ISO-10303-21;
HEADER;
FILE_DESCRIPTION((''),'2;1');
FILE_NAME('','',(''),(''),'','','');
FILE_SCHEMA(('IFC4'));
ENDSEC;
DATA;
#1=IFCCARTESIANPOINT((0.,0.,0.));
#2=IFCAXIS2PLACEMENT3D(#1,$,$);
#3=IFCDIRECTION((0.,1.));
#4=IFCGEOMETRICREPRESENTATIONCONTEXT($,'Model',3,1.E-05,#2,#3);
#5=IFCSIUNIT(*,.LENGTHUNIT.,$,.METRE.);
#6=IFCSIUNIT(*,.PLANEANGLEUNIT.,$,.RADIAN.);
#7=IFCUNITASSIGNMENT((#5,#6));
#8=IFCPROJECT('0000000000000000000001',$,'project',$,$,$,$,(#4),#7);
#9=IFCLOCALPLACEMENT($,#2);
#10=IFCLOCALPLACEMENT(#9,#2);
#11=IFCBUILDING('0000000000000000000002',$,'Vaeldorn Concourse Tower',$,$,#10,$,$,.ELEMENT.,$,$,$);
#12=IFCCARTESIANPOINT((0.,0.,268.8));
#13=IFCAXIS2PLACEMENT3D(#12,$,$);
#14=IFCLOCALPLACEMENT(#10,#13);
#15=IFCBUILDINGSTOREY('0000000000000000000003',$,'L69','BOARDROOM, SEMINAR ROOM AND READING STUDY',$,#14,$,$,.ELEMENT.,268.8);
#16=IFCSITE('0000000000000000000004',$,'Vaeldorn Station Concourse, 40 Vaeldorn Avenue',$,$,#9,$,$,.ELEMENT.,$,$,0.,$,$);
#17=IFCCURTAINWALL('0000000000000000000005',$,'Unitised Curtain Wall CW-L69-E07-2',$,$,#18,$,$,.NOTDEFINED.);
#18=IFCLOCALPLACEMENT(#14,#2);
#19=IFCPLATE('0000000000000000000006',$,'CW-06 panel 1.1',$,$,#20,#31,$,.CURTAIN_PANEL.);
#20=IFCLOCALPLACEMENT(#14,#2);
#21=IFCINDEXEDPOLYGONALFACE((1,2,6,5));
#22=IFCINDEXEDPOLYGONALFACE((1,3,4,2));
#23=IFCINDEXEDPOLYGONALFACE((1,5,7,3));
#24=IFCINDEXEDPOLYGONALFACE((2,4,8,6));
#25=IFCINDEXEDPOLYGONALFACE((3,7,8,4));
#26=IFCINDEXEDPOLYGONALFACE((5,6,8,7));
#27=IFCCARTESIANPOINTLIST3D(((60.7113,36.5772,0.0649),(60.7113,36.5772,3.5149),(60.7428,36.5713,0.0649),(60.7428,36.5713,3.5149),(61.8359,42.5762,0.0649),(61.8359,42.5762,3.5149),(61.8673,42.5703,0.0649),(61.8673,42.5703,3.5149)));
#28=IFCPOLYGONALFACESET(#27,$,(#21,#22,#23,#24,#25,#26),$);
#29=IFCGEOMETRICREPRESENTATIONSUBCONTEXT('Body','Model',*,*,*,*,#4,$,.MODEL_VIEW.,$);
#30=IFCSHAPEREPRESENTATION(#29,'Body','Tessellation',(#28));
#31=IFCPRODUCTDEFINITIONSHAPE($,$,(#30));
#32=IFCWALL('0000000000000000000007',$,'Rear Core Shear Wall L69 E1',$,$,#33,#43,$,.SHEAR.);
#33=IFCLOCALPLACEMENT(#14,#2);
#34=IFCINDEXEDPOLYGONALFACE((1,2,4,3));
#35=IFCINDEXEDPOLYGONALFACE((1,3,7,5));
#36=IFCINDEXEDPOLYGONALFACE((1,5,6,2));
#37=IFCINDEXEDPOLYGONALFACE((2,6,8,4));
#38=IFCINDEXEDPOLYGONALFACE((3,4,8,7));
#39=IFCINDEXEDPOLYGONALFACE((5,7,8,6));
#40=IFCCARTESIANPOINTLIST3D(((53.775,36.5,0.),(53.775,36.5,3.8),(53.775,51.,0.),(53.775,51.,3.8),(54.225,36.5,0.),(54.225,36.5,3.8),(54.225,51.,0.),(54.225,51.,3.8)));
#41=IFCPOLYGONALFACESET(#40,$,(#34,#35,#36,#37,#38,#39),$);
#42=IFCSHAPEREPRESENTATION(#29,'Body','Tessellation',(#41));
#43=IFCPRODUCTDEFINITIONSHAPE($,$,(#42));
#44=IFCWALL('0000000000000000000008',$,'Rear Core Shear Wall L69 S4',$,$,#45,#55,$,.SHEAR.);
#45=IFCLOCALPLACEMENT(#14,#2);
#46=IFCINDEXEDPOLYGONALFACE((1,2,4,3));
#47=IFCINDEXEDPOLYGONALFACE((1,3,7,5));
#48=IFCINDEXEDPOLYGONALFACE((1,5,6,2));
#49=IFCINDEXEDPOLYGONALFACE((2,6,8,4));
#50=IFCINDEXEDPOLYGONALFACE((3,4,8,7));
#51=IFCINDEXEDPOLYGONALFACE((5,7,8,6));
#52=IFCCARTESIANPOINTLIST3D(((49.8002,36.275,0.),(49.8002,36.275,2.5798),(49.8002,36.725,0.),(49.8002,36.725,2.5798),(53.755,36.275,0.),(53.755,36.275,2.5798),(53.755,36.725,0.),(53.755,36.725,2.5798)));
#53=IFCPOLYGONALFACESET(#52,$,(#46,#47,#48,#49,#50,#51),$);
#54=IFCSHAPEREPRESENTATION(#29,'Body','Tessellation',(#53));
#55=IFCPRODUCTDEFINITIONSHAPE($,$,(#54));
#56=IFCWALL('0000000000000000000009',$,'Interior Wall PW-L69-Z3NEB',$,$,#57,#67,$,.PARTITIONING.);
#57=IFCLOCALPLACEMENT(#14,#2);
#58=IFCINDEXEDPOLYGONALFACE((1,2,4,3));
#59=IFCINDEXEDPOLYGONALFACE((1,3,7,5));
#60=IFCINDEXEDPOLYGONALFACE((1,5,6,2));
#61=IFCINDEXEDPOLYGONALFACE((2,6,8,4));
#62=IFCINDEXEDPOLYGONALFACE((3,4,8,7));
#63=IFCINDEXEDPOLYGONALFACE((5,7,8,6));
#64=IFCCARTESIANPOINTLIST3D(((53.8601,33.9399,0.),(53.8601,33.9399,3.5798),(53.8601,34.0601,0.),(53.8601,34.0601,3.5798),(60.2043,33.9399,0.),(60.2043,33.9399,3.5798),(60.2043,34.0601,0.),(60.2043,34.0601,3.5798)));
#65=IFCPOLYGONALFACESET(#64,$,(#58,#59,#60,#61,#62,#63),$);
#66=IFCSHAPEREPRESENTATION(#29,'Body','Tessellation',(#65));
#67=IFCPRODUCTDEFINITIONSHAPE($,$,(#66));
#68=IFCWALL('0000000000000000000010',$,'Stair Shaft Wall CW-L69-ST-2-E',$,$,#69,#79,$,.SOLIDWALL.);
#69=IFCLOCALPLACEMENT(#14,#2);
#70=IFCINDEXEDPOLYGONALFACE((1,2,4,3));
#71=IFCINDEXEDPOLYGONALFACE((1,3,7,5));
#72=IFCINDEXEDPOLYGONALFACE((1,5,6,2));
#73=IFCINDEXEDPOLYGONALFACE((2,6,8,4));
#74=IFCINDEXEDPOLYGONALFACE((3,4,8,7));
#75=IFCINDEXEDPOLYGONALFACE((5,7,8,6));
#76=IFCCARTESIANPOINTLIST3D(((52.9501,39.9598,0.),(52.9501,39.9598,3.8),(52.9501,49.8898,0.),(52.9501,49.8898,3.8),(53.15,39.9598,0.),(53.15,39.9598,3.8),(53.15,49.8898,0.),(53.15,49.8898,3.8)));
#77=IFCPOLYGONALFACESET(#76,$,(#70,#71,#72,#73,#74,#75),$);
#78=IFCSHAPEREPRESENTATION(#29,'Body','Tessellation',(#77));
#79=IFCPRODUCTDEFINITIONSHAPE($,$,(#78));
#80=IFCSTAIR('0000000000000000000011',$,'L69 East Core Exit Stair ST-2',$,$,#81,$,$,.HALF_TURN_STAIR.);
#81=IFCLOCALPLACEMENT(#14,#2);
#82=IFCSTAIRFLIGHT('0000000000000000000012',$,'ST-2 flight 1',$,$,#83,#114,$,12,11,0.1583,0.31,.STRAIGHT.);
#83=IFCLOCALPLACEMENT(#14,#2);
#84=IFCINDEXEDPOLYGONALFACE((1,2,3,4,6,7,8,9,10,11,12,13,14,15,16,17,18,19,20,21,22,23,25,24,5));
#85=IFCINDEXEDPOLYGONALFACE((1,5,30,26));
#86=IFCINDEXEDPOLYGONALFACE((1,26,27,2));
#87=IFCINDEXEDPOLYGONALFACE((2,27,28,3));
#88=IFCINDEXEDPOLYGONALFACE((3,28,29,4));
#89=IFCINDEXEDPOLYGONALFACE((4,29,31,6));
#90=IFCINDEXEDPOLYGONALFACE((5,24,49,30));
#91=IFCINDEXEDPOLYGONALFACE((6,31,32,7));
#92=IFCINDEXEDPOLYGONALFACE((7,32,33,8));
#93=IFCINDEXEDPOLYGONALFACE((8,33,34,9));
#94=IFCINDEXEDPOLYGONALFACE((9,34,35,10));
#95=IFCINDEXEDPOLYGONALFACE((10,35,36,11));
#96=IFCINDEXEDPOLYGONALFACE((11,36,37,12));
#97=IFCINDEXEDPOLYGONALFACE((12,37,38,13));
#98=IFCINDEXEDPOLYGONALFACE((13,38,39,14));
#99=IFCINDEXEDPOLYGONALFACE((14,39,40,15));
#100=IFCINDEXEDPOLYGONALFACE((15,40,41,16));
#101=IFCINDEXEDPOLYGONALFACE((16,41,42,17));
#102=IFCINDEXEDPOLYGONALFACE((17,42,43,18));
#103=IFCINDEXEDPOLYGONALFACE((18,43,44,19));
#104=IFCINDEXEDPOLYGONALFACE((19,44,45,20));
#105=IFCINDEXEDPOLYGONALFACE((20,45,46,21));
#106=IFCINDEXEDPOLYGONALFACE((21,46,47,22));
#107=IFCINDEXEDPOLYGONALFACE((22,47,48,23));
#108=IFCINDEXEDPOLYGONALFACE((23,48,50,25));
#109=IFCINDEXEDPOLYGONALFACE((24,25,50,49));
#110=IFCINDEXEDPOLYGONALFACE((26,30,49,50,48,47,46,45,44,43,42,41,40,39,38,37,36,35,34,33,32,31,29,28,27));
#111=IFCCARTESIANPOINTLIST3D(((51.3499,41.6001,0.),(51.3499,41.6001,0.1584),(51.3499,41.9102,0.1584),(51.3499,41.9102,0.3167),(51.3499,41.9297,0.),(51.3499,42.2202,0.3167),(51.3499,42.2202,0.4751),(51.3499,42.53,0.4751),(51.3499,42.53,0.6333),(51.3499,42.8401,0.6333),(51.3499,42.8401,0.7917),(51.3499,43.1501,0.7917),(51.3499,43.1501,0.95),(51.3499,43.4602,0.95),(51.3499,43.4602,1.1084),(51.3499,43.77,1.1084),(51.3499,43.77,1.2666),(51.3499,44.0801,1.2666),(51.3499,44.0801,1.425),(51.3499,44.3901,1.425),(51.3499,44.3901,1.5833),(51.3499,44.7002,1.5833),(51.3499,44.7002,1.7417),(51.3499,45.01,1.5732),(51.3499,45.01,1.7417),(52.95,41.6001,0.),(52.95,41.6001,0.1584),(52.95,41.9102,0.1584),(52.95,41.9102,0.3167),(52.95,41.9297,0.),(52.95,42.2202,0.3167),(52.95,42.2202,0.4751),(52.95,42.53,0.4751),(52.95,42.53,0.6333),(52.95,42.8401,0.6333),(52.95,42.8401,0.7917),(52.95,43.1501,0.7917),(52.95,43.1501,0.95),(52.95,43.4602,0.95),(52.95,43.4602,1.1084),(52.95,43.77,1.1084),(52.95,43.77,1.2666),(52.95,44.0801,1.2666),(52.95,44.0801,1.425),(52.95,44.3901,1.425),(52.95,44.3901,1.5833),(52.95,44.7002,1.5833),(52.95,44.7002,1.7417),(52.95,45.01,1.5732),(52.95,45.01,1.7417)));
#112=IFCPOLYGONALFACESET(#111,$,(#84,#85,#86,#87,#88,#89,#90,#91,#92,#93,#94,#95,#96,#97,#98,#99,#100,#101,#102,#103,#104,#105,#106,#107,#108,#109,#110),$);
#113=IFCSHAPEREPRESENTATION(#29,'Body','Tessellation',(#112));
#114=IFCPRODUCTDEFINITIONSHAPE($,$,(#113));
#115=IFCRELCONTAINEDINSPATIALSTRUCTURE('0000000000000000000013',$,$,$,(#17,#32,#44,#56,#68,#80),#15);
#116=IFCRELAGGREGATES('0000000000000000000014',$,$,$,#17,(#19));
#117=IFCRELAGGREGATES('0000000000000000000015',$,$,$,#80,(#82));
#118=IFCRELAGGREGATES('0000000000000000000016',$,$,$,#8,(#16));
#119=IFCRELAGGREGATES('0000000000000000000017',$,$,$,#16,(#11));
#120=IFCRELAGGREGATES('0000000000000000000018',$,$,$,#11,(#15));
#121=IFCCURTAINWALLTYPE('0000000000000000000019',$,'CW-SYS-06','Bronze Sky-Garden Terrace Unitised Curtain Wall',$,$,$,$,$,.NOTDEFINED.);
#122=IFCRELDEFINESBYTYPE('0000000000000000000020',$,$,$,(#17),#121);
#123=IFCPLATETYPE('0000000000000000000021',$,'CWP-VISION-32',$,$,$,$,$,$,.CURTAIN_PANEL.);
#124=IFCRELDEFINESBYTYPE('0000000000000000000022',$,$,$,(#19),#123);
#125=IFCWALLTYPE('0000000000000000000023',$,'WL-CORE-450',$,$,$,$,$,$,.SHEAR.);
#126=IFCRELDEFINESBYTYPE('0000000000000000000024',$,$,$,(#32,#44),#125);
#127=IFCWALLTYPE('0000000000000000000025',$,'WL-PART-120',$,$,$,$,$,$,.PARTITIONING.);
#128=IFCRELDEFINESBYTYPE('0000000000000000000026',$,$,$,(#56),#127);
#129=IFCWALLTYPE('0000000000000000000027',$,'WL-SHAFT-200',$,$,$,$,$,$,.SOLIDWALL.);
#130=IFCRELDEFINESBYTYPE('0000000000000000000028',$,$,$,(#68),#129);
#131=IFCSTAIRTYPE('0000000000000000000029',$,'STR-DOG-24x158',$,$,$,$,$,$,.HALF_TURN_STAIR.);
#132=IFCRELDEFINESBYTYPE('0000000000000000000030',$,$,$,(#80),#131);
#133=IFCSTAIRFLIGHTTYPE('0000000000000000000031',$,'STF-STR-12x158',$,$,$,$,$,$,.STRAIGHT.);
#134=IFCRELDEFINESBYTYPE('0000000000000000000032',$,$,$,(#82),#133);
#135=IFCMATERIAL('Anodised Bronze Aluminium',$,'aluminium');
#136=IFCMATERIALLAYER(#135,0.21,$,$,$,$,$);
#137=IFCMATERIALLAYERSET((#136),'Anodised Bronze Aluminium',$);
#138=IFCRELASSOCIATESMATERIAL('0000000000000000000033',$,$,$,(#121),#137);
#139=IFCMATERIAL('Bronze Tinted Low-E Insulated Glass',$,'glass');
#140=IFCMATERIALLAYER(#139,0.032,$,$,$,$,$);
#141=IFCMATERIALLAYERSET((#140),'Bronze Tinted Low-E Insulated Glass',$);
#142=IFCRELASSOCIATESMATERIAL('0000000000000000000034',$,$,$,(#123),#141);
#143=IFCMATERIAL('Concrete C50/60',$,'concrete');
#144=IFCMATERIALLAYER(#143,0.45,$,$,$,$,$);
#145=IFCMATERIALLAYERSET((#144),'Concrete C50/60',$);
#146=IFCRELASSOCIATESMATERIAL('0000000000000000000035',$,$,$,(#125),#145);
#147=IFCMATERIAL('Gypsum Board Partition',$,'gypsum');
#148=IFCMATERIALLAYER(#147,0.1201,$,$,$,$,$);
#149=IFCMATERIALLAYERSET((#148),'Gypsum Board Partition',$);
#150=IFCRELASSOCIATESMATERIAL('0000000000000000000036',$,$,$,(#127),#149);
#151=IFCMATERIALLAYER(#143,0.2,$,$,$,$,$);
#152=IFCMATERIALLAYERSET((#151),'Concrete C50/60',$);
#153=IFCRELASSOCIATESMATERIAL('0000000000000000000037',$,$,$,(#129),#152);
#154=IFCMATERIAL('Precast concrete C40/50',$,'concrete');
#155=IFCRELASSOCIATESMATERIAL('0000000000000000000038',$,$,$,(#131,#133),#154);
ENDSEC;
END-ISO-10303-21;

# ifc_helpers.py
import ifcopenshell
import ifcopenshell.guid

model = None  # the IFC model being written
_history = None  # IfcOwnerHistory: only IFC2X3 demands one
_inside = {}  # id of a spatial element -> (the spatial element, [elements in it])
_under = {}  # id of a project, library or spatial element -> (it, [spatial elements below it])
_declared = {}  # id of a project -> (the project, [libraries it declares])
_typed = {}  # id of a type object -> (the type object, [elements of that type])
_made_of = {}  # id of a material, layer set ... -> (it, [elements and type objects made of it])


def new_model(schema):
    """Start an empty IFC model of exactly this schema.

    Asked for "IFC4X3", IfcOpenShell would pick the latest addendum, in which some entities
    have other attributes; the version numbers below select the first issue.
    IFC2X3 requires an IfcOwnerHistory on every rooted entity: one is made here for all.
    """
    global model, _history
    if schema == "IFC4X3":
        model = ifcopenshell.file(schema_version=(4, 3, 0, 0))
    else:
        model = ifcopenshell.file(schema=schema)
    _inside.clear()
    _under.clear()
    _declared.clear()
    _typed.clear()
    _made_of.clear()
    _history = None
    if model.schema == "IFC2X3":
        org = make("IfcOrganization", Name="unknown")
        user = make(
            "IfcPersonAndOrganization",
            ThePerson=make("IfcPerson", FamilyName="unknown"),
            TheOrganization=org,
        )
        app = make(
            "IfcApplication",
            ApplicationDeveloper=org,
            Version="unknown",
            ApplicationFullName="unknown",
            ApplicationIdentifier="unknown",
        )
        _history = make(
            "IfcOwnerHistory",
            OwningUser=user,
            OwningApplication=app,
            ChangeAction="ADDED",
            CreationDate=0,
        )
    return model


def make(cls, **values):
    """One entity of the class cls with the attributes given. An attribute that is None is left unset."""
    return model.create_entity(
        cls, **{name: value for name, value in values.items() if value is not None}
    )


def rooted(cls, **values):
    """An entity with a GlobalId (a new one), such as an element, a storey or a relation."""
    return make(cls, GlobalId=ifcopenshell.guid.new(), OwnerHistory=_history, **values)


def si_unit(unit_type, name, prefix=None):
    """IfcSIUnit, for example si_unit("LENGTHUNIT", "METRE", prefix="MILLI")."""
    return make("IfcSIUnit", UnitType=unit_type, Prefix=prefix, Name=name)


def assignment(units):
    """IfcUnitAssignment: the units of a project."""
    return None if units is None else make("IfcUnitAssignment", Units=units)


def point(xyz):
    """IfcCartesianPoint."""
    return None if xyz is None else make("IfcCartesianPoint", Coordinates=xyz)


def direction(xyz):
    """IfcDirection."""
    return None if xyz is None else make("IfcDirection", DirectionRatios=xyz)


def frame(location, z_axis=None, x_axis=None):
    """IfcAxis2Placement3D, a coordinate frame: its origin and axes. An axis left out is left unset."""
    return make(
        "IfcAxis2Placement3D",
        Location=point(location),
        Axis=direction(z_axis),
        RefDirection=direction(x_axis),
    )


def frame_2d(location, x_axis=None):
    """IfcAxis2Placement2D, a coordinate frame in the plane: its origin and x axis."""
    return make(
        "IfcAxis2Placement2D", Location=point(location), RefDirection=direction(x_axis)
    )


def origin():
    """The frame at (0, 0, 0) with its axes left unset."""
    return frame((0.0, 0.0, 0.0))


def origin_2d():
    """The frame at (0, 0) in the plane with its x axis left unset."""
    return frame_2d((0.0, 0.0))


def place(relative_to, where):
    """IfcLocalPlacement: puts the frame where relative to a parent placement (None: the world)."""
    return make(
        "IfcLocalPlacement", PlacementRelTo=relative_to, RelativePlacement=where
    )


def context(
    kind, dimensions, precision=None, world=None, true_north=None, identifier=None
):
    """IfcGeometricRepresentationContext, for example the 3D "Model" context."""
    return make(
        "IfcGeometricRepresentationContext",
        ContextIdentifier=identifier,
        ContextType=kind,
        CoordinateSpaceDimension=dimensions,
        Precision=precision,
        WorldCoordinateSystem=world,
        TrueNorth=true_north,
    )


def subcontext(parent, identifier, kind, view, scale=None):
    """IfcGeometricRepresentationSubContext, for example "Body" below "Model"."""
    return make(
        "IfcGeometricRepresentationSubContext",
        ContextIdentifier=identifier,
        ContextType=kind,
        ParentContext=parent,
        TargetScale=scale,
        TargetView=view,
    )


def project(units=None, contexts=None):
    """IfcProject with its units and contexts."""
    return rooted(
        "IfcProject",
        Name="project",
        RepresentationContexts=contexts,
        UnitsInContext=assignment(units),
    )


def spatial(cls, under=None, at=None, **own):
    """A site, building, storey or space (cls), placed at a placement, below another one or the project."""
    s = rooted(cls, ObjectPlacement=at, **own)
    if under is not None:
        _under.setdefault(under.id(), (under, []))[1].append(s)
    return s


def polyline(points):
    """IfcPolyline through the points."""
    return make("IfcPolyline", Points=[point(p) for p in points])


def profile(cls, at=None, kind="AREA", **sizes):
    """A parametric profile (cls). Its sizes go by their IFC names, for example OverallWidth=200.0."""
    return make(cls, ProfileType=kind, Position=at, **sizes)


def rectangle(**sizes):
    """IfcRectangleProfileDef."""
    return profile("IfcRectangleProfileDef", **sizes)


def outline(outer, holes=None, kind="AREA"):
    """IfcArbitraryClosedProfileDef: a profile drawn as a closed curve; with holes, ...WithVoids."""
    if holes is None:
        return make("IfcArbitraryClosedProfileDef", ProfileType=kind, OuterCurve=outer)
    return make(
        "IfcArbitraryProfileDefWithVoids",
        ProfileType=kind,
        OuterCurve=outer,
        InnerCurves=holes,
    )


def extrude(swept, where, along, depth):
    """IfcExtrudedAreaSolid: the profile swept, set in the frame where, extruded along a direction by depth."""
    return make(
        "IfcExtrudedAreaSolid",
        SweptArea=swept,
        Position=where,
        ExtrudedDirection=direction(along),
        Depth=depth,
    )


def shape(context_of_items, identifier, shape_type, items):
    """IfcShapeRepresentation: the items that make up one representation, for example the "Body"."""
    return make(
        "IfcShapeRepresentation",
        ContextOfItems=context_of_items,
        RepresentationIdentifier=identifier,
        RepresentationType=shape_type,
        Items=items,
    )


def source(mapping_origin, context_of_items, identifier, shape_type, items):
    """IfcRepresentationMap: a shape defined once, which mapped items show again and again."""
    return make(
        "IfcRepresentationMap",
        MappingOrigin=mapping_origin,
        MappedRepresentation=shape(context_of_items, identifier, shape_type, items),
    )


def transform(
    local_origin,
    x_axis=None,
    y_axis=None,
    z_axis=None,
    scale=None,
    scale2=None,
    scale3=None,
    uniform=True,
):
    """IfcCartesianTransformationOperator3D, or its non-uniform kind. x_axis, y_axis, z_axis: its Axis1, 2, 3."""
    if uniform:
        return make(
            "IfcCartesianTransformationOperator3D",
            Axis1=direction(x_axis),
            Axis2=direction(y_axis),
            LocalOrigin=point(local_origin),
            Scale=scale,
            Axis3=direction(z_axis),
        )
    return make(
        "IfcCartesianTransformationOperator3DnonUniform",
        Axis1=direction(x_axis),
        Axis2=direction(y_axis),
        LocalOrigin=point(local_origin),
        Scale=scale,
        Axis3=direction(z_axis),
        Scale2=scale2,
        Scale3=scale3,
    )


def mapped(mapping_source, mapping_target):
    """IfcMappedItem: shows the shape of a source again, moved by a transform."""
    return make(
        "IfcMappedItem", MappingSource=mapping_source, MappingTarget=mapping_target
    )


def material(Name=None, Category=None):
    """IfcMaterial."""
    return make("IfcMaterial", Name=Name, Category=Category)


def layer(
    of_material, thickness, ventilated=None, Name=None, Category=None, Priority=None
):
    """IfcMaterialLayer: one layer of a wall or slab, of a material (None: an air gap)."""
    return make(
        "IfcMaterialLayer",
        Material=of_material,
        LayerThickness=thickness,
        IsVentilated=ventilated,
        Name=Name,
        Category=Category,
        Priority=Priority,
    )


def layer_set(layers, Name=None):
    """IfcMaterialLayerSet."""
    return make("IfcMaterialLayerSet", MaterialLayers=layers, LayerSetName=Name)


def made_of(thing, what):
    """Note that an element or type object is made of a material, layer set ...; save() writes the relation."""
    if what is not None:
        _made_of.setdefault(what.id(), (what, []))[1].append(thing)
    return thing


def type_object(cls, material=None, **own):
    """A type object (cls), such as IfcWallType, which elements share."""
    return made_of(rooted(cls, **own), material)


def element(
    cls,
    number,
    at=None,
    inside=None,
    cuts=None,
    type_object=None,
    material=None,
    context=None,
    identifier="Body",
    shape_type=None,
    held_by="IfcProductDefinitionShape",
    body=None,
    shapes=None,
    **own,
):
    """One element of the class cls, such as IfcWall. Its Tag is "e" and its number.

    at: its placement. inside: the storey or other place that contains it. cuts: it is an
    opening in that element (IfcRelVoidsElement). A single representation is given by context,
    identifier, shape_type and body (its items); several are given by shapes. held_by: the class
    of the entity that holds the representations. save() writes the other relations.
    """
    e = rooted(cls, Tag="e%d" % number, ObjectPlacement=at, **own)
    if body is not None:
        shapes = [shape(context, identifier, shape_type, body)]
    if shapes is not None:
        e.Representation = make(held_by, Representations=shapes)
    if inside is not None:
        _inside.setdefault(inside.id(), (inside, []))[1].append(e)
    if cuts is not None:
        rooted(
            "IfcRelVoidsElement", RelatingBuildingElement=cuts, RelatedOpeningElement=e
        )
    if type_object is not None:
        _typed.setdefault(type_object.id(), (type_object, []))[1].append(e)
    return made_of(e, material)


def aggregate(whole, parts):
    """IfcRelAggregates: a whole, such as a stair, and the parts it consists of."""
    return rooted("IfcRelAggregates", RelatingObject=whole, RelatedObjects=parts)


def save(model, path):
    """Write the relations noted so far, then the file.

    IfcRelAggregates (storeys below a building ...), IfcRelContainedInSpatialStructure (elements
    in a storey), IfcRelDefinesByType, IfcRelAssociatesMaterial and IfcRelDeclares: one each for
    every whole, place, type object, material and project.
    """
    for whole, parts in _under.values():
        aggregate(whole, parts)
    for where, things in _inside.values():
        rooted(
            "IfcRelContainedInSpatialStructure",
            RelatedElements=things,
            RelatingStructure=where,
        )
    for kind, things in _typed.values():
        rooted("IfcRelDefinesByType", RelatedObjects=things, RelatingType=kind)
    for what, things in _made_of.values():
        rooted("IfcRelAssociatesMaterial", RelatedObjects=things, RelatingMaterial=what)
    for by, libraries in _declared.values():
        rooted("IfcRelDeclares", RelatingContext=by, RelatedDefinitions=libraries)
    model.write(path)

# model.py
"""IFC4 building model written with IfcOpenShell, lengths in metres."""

from ifc_helpers import new_model, si_unit, direction, frame, frame_2d, origin, origin_2d, place, context, subcontext, project, spatial, polyline, rectangle, outline, extrude, source, transform, mapped, material, layer, layer_set, type_object, element, aggregate, save


model = new_model("IFC4")

# Units and contexts
model_context = context("Model", 3, precision=1e-05, world=origin(), true_north=direction((0.0, 1.0)))
body_context = subcontext(model_context, "Body", "Model", "MODEL_VIEW")
ifc_project = project(units=[si_unit("LENGTHUNIT", "METRE"), si_unit("PLANEANGLEUNIT", "RADIAN")], contexts=[model_context])

# Site, building, storey
site_placement = place(None, origin())
site = spatial("IfcSite", under=ifc_project, at=site_placement, Name="Vaeldorn Station Concourse, 40 Vaeldorn Avenue", CompositionType="ELEMENT", RefElevation=0.0)
building_placement = place(site_placement, origin())
building = spatial("IfcBuilding", under=site, at=building_placement, Name="Vaeldorn Concourse Tower", CompositionType="ELEMENT")
storey_placement = place(building_placement, frame((0.0, 0.0, 268.8)))
storey = spatial("IfcBuildingStorey", under=building, at=storey_placement, Name="L69", Description="BOARDROOM, SEMINAR ROOM AND READING STUDY", CompositionType="ELEMENT", Elevation=268.8)

# Shared definitions
ifc_material_1 = material(Name="Concrete C50/60", Category="concrete")

# Shared definitions
ifc_material_2 = material(Name="Anodised Bronze Aluminium", Category="aluminium")
ifc_layer_1 = layer(ifc_material_2, 0.21)
ifc_layer_set_1 = layer_set([ifc_layer_1], Name="Anodised Bronze Aluminium")
curtain_wall_type = type_object("IfcCurtainWallType", Name="CW-SYS-06", Description="Bronze Sky-Garden Terrace Unitised Curtain Wall", PredefinedType="NOTDEFINED", material=ifc_layer_set_1)

# Curtain wall, plate
curtain_wall_1_placement = place(storey_placement, origin())
curtain_wall_1 = element("IfcCurtainWall", 1, at=curtain_wall_1_placement, inside=storey, type_object=curtain_wall_type, Name="Unitised Curtain Wall CW-L69-E07-2", PredefinedType="NOTDEFINED")
ifc_material_3 = material(Name="Bronze Tinted Low-E Insulated Glass", Category="glass")
ifc_layer_2 = layer(ifc_material_3, 0.032)
ifc_layer_set_2 = layer_set([ifc_layer_2], Name="Bronze Tinted Low-E Insulated Glass")
plate_type = type_object("IfcPlateType", Name="CWP-VISION-32", PredefinedType="CURTAIN_PANEL", material=ifc_layer_set_2)
shared_shape_1 = source(origin(), body_context, "Body", "SweptSolid", [
    extrude(rectangle(XDim=6.1035, YDim=0.032, at=origin_2d()), origin(), (0.0, 0.0, 1.0), 3.45),
])
plate_placement = place(storey_placement, frame((61.2893, 39.5737, 0.0649), z_axis=(0.0, 0.0, 1.0), x_axis=(0.184246, 0.98288, 0.0)))
plate = element("IfcPlate", 2, at=plate_placement, type_object=plate_type, Name="CW-06 panel 1.1", PredefinedType="CURTAIN_PANEL", context=body_context, shape_type="MappedRepresentation", body=[
    mapped(shared_shape_1, transform((0.0, 0.0, 0.0), scale=1.0)),
])
aggregate(curtain_wall_1, [plate])

# Walls
ifc_layer_3 = layer(ifc_material_1, 0.45)
ifc_layer_set_3 = layer_set([ifc_layer_3], Name="Concrete C50/60")
wall_type_1 = type_object("IfcWallType", Name="WL-CORE-450", PredefinedType="SHEAR", material=ifc_layer_set_3)
wall_1_placement = place(storey_placement, frame((54.0, 36.5, 0.0), z_axis=(0.0, 0.0, 1.0), x_axis=(0.0, 1.0, 0.0)))
element("IfcWall", 3, at=wall_1_placement, inside=storey, type_object=wall_type_1, Name="Rear Core Shear Wall L69 E1", PredefinedType="SHEAR", context=body_context, shape_type="SweptSolid", body=[
    extrude(rectangle(XDim=14.5, YDim=0.45, at=frame_2d((7.25, 0.0))), origin(), (0.0, 0.0, 1.0), 3.8),
])
wall_2_placement = place(storey_placement, frame((49.8, 36.5, 0.0), z_axis=(0.0, 0.0, 1.0), x_axis=(1.0, 0.0, 0.0)))
element("IfcWall", 4, at=wall_2_placement, inside=storey, type_object=wall_type_1, Name="Rear Core Shear Wall L69 S4", PredefinedType="SHEAR", context=body_context, shape_type="SweptSolid", body=[
    extrude(rectangle(XDim=3.9548, YDim=0.45, at=frame_2d((1.9775, 0.0))), origin(), (0.0, 0.0, 1.0), 2.5798),
])
ifc_material_4 = material(Name="Gypsum Board Partition", Category="gypsum")
ifc_layer_4 = layer(ifc_material_4, 0.1201)
ifc_layer_set_4 = layer_set([ifc_layer_4], Name="Gypsum Board Partition")
wall_type_2 = type_object("IfcWallType", Name="WL-PART-120", PredefinedType="PARTITIONING", material=ifc_layer_set_4)
wall_3_placement = place(storey_placement, frame((53.8601, 34.0, 0.0), z_axis=(0.0, 0.0, 1.0), x_axis=(1.0, 0.0, 0.0)))
element("IfcWall", 5, at=wall_3_placement, inside=storey, type_object=wall_type_2, Name="Interior Wall PW-L69-Z3NEB", PredefinedType="PARTITIONING", context=body_context, shape_type="SweptSolid", body=[
    extrude(rectangle(XDim=6.3442, YDim=0.1201, at=frame_2d((3.1721, 0.0))), origin(), (0.0, 0.0, 1.0), 3.5798),
])
ifc_layer_5 = layer(ifc_material_1, 0.2)
ifc_layer_set_5 = layer_set([ifc_layer_5], Name="Concrete C50/60")
wall_type_3 = type_object("IfcWallType", Name="WL-SHAFT-200", PredefinedType="SOLIDWALL", material=ifc_layer_set_5)
wall_4_placement = place(storey_placement, frame((53.05, 39.96, 0.0), z_axis=(0.0, 0.0, 1.0), x_axis=(0.0, 1.0, 0.0)))
element("IfcWall", 6, at=wall_4_placement, inside=storey, type_object=wall_type_3, Name="Stair Shaft Wall CW-L69-ST-2-E", PredefinedType="SOLIDWALL", context=body_context, shape_type="SweptSolid", body=[
    extrude(rectangle(XDim=9.9299, YDim=0.2, at=frame_2d((4.9648, 0.0))), origin(), (0.0, 0.0, 1.0), 3.8),
])

# Stair, stair flight
ifc_material_5 = material(Name="Precast concrete C40/50", Category="concrete")
stair_type = type_object("IfcStairType", Name="STR-DOG-24x158", PredefinedType="HALF_TURN_STAIR", material=ifc_material_5)
stair_placement = place(storey_placement, origin())
stair = element("IfcStair", 7, at=stair_placement, inside=storey, type_object=stair_type, Name="L69 East Core Exit Stair ST-2", PredefinedType="HALF_TURN_STAIR")
stair_flight_type = type_object("IfcStairFlightType", Name="STF-STR-12x158", PredefinedType="STRAIGHT", material=ifc_material_5)
stair_flight_placement = place(storey_placement, frame((52.1499, 41.6001, 0.0), z_axis=(0.0, 0.0, 1.0), x_axis=(0.0, 1.0, 0.0)))
stair_flight = element("IfcStairFlight", 8, at=stair_flight_placement, type_object=stair_flight_type, Name="ST-2 flight 1", NumberOfRisers=12, NumberOfTreads=11, PredefinedType="STRAIGHT", RiserHeight=0.1583, TreadLength=0.31, context=body_context, shape_type="SweptSolid", body=[
    extrude(outline(polyline([(0.0, 0.0), (0.0, 0.1584), (0.3101, 0.1584), (0.3101, 0.3167), (0.6201, 0.3167), (0.6201, 0.4751), (0.9299, 0.4751), (0.9299, 0.6333), (1.24, 0.6333), (1.24, 0.7917), (1.55, 0.7917), (1.55, 0.95), (1.8601, 0.95), (1.8601, 1.1084), (2.1699, 1.1084), (2.1699, 1.2666), (2.48, 1.2666), (2.48, 1.425), (2.79, 1.425), (2.79, 1.5833), (3.1001, 1.5833), (3.1001, 1.7417), (3.4099, 1.7417), (3.4099, 1.8999), (3.4099, 1.5732), (0.3296, 0.0), (0.0, 0.0)])), frame((0.0, 0.8, 0.0), z_axis=(0.0, -1.0, 0.0), x_axis=(1.0, 0.0, 0.0)), (0.0, 0.0, 1.0), 1.6001),
])
aggregate(stair, [stair_flight])

save(model, "model.ifc")
